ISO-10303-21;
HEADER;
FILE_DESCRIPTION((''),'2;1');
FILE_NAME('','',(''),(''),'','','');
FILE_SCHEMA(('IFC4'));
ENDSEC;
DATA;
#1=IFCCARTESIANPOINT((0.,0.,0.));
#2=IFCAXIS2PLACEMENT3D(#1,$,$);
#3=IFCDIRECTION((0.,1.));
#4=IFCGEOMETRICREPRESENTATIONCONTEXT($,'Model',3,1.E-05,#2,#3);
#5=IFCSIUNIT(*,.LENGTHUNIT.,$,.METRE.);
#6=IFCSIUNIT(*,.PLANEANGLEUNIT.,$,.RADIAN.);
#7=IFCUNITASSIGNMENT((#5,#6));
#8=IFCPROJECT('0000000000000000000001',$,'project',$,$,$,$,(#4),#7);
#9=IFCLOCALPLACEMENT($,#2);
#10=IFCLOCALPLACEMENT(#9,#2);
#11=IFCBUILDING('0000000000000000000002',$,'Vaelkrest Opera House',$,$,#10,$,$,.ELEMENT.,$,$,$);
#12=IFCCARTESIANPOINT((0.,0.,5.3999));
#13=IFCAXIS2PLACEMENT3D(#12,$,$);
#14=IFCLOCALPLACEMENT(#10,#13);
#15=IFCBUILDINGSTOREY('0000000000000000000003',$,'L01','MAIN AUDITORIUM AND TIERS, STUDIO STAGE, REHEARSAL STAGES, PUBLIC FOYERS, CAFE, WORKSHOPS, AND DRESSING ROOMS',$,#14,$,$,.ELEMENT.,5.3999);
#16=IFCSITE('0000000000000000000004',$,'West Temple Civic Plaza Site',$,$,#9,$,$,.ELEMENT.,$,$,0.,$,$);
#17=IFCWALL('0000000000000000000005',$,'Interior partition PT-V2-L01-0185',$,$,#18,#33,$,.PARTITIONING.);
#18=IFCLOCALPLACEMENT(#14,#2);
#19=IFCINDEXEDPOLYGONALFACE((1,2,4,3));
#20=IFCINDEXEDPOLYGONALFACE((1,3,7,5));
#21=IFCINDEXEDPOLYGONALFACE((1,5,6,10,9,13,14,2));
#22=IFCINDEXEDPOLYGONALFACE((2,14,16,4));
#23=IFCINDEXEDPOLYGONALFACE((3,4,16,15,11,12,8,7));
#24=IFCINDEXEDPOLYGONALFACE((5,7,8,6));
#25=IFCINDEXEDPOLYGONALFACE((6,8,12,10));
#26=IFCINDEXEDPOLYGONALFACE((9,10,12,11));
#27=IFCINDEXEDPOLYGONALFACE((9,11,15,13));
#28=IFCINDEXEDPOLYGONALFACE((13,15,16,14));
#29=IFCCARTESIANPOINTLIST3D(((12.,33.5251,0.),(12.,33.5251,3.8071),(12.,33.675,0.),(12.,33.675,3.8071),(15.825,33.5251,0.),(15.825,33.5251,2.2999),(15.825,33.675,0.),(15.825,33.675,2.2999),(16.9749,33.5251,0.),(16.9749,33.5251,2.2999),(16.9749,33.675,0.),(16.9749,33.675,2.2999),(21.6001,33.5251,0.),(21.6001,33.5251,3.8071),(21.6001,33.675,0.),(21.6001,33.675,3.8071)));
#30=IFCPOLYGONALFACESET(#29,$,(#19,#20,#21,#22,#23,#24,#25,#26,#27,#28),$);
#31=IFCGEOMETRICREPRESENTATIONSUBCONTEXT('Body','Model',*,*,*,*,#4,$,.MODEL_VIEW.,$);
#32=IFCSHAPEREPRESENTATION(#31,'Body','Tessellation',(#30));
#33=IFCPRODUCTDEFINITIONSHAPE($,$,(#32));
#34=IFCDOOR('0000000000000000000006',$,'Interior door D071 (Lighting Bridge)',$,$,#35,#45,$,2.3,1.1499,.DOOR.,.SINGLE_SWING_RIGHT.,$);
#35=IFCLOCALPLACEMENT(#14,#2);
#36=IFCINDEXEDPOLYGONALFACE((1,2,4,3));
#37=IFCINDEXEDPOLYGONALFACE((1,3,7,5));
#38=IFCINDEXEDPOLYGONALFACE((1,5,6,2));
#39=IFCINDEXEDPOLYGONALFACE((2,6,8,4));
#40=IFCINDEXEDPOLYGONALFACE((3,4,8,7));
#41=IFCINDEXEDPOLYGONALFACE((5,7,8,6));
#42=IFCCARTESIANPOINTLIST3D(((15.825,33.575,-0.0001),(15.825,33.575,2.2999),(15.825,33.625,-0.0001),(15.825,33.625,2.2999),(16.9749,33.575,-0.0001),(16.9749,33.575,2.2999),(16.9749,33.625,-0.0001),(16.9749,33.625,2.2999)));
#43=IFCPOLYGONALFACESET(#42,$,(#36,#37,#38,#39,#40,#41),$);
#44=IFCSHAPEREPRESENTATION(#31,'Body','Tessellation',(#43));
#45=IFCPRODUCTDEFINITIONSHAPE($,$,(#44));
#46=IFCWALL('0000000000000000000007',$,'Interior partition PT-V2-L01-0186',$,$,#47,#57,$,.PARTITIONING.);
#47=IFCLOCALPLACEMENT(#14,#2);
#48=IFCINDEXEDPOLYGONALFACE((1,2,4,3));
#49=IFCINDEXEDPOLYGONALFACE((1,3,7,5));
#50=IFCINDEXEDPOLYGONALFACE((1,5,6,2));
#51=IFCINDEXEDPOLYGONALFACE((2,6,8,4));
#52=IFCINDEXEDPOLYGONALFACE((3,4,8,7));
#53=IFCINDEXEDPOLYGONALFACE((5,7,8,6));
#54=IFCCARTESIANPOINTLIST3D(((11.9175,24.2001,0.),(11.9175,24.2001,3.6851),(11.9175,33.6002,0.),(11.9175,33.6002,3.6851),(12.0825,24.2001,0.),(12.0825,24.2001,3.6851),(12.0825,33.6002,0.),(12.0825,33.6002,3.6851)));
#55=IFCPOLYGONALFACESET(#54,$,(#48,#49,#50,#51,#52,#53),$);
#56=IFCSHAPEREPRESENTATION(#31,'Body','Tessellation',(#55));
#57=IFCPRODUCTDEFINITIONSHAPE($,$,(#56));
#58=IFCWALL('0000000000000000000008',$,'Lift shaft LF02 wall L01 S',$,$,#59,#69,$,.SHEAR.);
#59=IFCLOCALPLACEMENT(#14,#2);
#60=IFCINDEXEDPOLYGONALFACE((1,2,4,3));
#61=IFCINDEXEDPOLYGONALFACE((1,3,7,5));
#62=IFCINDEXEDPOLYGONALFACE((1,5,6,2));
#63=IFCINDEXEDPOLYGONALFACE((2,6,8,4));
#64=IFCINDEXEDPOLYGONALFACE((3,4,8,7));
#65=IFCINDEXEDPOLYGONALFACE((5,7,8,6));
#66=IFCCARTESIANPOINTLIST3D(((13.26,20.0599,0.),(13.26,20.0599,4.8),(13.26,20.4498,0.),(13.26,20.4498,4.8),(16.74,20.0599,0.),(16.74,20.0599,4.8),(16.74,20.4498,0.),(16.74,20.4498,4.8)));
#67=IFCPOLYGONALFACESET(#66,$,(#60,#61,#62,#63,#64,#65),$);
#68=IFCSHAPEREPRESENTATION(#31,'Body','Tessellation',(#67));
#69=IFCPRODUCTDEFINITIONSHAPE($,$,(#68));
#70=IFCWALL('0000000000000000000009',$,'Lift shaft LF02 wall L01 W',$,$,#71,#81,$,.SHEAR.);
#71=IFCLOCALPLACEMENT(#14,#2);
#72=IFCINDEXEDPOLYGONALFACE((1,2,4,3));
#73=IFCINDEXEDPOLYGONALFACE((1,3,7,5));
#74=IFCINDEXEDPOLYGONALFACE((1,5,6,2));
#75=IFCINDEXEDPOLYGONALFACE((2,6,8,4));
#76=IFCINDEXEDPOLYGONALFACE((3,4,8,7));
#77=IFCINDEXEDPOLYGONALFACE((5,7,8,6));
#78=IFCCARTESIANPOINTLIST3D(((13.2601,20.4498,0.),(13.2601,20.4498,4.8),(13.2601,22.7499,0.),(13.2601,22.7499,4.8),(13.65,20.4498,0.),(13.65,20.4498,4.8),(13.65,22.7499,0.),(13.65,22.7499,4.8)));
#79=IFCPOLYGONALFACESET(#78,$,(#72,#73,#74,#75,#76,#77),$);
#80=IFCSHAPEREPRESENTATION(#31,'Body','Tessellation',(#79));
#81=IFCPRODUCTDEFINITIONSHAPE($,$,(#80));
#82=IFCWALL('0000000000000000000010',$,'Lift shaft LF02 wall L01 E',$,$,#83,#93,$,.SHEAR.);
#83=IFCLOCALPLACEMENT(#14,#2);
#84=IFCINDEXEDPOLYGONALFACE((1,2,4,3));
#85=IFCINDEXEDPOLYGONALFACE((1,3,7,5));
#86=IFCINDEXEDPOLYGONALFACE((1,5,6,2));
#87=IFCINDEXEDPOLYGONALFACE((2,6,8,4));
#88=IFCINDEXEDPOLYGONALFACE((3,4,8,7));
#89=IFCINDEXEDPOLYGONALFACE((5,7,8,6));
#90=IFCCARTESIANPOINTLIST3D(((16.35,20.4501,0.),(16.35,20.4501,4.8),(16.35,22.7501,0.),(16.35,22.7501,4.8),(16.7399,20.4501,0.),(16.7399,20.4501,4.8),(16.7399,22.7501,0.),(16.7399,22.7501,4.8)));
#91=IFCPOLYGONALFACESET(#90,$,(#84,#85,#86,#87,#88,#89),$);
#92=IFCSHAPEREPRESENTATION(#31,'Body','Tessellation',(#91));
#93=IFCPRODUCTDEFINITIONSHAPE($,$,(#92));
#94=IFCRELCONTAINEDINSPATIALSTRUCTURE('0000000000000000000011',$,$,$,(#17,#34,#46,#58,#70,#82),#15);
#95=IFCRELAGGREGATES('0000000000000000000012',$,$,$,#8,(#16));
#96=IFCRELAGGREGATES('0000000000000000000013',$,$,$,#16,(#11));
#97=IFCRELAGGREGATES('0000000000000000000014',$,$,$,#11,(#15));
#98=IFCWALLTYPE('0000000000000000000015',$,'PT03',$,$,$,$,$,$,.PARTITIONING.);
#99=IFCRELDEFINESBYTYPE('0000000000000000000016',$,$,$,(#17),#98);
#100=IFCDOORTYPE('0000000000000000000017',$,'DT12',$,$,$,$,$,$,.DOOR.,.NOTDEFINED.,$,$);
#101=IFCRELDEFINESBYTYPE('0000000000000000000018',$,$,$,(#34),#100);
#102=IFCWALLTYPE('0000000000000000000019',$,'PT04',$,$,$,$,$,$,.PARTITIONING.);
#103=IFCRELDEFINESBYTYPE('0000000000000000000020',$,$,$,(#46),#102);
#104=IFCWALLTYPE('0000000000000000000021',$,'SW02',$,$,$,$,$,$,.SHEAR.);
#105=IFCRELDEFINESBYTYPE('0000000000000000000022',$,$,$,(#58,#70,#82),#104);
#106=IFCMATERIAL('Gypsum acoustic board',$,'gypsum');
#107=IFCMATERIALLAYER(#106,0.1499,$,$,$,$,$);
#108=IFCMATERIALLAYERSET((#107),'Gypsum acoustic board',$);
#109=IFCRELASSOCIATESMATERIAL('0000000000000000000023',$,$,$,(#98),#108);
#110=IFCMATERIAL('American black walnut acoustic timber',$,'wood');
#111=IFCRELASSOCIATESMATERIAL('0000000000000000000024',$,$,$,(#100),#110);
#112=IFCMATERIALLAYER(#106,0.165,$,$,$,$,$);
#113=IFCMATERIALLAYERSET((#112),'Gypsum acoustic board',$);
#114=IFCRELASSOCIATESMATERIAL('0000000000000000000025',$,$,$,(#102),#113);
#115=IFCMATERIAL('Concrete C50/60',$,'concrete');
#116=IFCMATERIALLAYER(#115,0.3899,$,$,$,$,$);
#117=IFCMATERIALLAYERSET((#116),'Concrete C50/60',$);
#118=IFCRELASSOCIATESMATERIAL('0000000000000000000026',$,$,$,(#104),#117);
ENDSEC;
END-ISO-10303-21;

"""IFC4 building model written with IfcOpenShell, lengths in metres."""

from ifc_helpers import new_model, si_unit, direction, frame, frame_2d, origin, place, context, subcontext, project, spatial, rectangle, extrude, material, layer, layer_set, type_object, element, fill, save


model = new_model("IFC4")

# Units and contexts
model_context = context("Model", 3, precision=1e-05, world=origin(), true_north=direction((0.0, 1.0)))
body_context = subcontext(model_context, "Body", "Model", "MODEL_VIEW")
ifc_project = project(units=[si_unit("LENGTHUNIT", "METRE"), si_unit("PLANEANGLEUNIT", "RADIAN")], contexts=[model_context])

# Site, building, storey
site_placement = place(None, origin())
site = spatial("IfcSite", under=ifc_project, at=site_placement, Name="West Temple Civic Plaza Site", CompositionType="ELEMENT", RefElevation=0.0)
building_placement = place(site_placement, origin())
building = spatial("IfcBuilding", under=site, at=building_placement, Name="Vaelkrest Opera House", CompositionType="ELEMENT")
storey_placement = place(building_placement, frame((0.0, 0.0, 5.3999)))
storey = spatial("IfcBuildingStorey", under=building, at=storey_placement, Name="L01", Description="MAIN AUDITORIUM AND TIERS, STUDIO STAGE, REHEARSAL STAGES, PUBLIC FOYERS, CAFE, WORKSHOPS, AND DRESSING ROOMS", CompositionType="ELEMENT", Elevation=5.3999)

# Shared definitions
ifc_material_1 = material(Name="Concrete C50/60", Category="concrete")

# Shared definitions
ifc_material_2 = material(Name="Gypsum acoustic board", Category="gypsum")

# Wall, opening, door
ifc_layer_1 = layer(ifc_material_2, 0.1499)
ifc_layer_set_1 = layer_set([ifc_layer_1], Name="Gypsum acoustic board")
wall_type_1 = type_object("IfcWallType", Name="PT03", PredefinedType="PARTITIONING", material=ifc_layer_set_1)
wall_1_placement = place(storey_placement, frame((12.0, 33.6001, 0.0), z_axis=(0.0, 0.0, 1.0), x_axis=(1.0, 0.0, 0.0)))
wall_1 = element("IfcWall", 1, at=wall_1_placement, inside=storey, type_object=wall_type_1, Name="Interior partition PT-V2-L01-0185", PredefinedType="PARTITIONING", context=body_context, shape_type="SweptSolid", body=[
    extrude(rectangle(XDim=9.6001, YDim=0.1499, at=frame_2d((4.8, 0.0))), origin(), (0.0, 0.0, 1.0), 3.8071),
])
opening_1_placement = place(wall_1_placement, frame((3.825, 0.0, 0.0)))
opening_1 = element("IfcOpeningElement", 2, at=opening_1_placement, cuts=wall_1, PredefinedType="OPENING", context=body_context, shape_type="SweptSolid", body=[
    extrude(rectangle(XDim=1.1499, YDim=2.3, at=frame_2d((0.575, 1.1499))), frame((0.0, 0.085, 0.0), z_axis=(0.0, -1.0, 0.0), x_axis=(1.0, 0.0, 0.0)), (0.0, 0.0, 1.0), 0.1699),
])
ifc_material_3 = material(Name="American black walnut acoustic timber", Category="wood")
door_type_1 = type_object("IfcDoorType", Name="DT12", OperationType="NOTDEFINED", PredefinedType="DOOR", material=ifc_material_3)
door_1_placement = place(opening_1_placement, origin())
door_1 = element("IfcDoor", 3, at=door_1_placement, inside=storey, type_object=door_type_1, Name="Interior door D071 (Lighting Bridge)", OperationType="SINGLE_SWING_RIGHT", OverallHeight=2.3, OverallWidth=1.1499, PredefinedType="DOOR", context=body_context, shape_type="SweptSolid", body=[
    extrude(rectangle(XDim=1.1499, YDim=2.3, at=frame_2d((0.575, 1.1499))), frame((0.0, 0.0249, 0.0), z_axis=(0.0, -1.0, 0.0), x_axis=(1.0, 0.0, 0.0)), (0.0, 0.0, 1.0), 0.05),
])
fill(opening_1, door_1)

# Walls
ifc_layer_2 = layer(ifc_material_2, 0.165)
ifc_layer_set_2 = layer_set([ifc_layer_2], Name="Gypsum acoustic board")
wall_type_2 = type_object("IfcWallType", Name="PT04", PredefinedType="PARTITIONING", material=ifc_layer_set_2)
wall_2_placement = place(storey_placement, frame((12.0, 24.2, 0.0), z_axis=(0.0, 0.0, 1.0), x_axis=(0.0, 1.0, 0.0)))
element("IfcWall", 4, at=wall_2_placement, inside=storey, type_object=wall_type_2, Name="Interior partition PT-V2-L01-0186", PredefinedType="PARTITIONING", context=body_context, shape_type="SweptSolid", body=[
    extrude(rectangle(XDim=9.4001, YDim=0.165, at=frame_2d((4.7002, 0.0))), origin(), (0.0, 0.0, 1.0), 3.6851),
])
ifc_layer_3 = layer(ifc_material_1, 0.3899)
ifc_layer_set_3 = layer_set([ifc_layer_3], Name="Concrete C50/60")
wall_type_3 = type_object("IfcWallType", Name="SW02", PredefinedType="SHEAR", material=ifc_layer_set_3)
wall_3_placement = place(storey_placement, frame((16.74, 20.2549, 0.0), z_axis=(0.0, 0.0, 1.0), x_axis=(-1.0, 0.0, 0.0)))
element("IfcWall", 5, at=wall_3_placement, inside=storey, type_object=wall_type_3, Name="Lift shaft LF02 wall L01 S", PredefinedType="SHEAR", context=body_context, shape_type="SweptSolid", body=[
    extrude(rectangle(XDim=3.48, YDim=0.3899, at=frame_2d((1.74, 0.0))), origin(), (0.0, 0.0, 1.0), 4.8),
])

# Walls
for number, where, z_axis, x_axis, name in (
    (6, (13.4551, 20.45, 0.0), (0.0, 0.0, 1.0), (0.0, 1.0, 0.0), "Lift shaft LF02 wall L01 W"),
    (7, (16.5449, 22.75, 0.0), (0.0, 0.0, 1.0), (0.0, -1.0, 0.0), "Lift shaft LF02 wall L01 E"),
):
    element("IfcWall", number, at=place(storey_placement, frame(where, z_axis=z_axis, x_axis=x_axis)), inside=storey, type_object=wall_type_3, Name=name, PredefinedType="SHEAR", context=body_context, shape_type="SweptSolid", body=[
        extrude(rectangle(XDim=2.3, YDim=0.3899, at=frame_2d((1.1499, 0.0))), origin(), (0.0, 0.0, 1.0), 4.8),
    ])

save(model, "model.ifc")
